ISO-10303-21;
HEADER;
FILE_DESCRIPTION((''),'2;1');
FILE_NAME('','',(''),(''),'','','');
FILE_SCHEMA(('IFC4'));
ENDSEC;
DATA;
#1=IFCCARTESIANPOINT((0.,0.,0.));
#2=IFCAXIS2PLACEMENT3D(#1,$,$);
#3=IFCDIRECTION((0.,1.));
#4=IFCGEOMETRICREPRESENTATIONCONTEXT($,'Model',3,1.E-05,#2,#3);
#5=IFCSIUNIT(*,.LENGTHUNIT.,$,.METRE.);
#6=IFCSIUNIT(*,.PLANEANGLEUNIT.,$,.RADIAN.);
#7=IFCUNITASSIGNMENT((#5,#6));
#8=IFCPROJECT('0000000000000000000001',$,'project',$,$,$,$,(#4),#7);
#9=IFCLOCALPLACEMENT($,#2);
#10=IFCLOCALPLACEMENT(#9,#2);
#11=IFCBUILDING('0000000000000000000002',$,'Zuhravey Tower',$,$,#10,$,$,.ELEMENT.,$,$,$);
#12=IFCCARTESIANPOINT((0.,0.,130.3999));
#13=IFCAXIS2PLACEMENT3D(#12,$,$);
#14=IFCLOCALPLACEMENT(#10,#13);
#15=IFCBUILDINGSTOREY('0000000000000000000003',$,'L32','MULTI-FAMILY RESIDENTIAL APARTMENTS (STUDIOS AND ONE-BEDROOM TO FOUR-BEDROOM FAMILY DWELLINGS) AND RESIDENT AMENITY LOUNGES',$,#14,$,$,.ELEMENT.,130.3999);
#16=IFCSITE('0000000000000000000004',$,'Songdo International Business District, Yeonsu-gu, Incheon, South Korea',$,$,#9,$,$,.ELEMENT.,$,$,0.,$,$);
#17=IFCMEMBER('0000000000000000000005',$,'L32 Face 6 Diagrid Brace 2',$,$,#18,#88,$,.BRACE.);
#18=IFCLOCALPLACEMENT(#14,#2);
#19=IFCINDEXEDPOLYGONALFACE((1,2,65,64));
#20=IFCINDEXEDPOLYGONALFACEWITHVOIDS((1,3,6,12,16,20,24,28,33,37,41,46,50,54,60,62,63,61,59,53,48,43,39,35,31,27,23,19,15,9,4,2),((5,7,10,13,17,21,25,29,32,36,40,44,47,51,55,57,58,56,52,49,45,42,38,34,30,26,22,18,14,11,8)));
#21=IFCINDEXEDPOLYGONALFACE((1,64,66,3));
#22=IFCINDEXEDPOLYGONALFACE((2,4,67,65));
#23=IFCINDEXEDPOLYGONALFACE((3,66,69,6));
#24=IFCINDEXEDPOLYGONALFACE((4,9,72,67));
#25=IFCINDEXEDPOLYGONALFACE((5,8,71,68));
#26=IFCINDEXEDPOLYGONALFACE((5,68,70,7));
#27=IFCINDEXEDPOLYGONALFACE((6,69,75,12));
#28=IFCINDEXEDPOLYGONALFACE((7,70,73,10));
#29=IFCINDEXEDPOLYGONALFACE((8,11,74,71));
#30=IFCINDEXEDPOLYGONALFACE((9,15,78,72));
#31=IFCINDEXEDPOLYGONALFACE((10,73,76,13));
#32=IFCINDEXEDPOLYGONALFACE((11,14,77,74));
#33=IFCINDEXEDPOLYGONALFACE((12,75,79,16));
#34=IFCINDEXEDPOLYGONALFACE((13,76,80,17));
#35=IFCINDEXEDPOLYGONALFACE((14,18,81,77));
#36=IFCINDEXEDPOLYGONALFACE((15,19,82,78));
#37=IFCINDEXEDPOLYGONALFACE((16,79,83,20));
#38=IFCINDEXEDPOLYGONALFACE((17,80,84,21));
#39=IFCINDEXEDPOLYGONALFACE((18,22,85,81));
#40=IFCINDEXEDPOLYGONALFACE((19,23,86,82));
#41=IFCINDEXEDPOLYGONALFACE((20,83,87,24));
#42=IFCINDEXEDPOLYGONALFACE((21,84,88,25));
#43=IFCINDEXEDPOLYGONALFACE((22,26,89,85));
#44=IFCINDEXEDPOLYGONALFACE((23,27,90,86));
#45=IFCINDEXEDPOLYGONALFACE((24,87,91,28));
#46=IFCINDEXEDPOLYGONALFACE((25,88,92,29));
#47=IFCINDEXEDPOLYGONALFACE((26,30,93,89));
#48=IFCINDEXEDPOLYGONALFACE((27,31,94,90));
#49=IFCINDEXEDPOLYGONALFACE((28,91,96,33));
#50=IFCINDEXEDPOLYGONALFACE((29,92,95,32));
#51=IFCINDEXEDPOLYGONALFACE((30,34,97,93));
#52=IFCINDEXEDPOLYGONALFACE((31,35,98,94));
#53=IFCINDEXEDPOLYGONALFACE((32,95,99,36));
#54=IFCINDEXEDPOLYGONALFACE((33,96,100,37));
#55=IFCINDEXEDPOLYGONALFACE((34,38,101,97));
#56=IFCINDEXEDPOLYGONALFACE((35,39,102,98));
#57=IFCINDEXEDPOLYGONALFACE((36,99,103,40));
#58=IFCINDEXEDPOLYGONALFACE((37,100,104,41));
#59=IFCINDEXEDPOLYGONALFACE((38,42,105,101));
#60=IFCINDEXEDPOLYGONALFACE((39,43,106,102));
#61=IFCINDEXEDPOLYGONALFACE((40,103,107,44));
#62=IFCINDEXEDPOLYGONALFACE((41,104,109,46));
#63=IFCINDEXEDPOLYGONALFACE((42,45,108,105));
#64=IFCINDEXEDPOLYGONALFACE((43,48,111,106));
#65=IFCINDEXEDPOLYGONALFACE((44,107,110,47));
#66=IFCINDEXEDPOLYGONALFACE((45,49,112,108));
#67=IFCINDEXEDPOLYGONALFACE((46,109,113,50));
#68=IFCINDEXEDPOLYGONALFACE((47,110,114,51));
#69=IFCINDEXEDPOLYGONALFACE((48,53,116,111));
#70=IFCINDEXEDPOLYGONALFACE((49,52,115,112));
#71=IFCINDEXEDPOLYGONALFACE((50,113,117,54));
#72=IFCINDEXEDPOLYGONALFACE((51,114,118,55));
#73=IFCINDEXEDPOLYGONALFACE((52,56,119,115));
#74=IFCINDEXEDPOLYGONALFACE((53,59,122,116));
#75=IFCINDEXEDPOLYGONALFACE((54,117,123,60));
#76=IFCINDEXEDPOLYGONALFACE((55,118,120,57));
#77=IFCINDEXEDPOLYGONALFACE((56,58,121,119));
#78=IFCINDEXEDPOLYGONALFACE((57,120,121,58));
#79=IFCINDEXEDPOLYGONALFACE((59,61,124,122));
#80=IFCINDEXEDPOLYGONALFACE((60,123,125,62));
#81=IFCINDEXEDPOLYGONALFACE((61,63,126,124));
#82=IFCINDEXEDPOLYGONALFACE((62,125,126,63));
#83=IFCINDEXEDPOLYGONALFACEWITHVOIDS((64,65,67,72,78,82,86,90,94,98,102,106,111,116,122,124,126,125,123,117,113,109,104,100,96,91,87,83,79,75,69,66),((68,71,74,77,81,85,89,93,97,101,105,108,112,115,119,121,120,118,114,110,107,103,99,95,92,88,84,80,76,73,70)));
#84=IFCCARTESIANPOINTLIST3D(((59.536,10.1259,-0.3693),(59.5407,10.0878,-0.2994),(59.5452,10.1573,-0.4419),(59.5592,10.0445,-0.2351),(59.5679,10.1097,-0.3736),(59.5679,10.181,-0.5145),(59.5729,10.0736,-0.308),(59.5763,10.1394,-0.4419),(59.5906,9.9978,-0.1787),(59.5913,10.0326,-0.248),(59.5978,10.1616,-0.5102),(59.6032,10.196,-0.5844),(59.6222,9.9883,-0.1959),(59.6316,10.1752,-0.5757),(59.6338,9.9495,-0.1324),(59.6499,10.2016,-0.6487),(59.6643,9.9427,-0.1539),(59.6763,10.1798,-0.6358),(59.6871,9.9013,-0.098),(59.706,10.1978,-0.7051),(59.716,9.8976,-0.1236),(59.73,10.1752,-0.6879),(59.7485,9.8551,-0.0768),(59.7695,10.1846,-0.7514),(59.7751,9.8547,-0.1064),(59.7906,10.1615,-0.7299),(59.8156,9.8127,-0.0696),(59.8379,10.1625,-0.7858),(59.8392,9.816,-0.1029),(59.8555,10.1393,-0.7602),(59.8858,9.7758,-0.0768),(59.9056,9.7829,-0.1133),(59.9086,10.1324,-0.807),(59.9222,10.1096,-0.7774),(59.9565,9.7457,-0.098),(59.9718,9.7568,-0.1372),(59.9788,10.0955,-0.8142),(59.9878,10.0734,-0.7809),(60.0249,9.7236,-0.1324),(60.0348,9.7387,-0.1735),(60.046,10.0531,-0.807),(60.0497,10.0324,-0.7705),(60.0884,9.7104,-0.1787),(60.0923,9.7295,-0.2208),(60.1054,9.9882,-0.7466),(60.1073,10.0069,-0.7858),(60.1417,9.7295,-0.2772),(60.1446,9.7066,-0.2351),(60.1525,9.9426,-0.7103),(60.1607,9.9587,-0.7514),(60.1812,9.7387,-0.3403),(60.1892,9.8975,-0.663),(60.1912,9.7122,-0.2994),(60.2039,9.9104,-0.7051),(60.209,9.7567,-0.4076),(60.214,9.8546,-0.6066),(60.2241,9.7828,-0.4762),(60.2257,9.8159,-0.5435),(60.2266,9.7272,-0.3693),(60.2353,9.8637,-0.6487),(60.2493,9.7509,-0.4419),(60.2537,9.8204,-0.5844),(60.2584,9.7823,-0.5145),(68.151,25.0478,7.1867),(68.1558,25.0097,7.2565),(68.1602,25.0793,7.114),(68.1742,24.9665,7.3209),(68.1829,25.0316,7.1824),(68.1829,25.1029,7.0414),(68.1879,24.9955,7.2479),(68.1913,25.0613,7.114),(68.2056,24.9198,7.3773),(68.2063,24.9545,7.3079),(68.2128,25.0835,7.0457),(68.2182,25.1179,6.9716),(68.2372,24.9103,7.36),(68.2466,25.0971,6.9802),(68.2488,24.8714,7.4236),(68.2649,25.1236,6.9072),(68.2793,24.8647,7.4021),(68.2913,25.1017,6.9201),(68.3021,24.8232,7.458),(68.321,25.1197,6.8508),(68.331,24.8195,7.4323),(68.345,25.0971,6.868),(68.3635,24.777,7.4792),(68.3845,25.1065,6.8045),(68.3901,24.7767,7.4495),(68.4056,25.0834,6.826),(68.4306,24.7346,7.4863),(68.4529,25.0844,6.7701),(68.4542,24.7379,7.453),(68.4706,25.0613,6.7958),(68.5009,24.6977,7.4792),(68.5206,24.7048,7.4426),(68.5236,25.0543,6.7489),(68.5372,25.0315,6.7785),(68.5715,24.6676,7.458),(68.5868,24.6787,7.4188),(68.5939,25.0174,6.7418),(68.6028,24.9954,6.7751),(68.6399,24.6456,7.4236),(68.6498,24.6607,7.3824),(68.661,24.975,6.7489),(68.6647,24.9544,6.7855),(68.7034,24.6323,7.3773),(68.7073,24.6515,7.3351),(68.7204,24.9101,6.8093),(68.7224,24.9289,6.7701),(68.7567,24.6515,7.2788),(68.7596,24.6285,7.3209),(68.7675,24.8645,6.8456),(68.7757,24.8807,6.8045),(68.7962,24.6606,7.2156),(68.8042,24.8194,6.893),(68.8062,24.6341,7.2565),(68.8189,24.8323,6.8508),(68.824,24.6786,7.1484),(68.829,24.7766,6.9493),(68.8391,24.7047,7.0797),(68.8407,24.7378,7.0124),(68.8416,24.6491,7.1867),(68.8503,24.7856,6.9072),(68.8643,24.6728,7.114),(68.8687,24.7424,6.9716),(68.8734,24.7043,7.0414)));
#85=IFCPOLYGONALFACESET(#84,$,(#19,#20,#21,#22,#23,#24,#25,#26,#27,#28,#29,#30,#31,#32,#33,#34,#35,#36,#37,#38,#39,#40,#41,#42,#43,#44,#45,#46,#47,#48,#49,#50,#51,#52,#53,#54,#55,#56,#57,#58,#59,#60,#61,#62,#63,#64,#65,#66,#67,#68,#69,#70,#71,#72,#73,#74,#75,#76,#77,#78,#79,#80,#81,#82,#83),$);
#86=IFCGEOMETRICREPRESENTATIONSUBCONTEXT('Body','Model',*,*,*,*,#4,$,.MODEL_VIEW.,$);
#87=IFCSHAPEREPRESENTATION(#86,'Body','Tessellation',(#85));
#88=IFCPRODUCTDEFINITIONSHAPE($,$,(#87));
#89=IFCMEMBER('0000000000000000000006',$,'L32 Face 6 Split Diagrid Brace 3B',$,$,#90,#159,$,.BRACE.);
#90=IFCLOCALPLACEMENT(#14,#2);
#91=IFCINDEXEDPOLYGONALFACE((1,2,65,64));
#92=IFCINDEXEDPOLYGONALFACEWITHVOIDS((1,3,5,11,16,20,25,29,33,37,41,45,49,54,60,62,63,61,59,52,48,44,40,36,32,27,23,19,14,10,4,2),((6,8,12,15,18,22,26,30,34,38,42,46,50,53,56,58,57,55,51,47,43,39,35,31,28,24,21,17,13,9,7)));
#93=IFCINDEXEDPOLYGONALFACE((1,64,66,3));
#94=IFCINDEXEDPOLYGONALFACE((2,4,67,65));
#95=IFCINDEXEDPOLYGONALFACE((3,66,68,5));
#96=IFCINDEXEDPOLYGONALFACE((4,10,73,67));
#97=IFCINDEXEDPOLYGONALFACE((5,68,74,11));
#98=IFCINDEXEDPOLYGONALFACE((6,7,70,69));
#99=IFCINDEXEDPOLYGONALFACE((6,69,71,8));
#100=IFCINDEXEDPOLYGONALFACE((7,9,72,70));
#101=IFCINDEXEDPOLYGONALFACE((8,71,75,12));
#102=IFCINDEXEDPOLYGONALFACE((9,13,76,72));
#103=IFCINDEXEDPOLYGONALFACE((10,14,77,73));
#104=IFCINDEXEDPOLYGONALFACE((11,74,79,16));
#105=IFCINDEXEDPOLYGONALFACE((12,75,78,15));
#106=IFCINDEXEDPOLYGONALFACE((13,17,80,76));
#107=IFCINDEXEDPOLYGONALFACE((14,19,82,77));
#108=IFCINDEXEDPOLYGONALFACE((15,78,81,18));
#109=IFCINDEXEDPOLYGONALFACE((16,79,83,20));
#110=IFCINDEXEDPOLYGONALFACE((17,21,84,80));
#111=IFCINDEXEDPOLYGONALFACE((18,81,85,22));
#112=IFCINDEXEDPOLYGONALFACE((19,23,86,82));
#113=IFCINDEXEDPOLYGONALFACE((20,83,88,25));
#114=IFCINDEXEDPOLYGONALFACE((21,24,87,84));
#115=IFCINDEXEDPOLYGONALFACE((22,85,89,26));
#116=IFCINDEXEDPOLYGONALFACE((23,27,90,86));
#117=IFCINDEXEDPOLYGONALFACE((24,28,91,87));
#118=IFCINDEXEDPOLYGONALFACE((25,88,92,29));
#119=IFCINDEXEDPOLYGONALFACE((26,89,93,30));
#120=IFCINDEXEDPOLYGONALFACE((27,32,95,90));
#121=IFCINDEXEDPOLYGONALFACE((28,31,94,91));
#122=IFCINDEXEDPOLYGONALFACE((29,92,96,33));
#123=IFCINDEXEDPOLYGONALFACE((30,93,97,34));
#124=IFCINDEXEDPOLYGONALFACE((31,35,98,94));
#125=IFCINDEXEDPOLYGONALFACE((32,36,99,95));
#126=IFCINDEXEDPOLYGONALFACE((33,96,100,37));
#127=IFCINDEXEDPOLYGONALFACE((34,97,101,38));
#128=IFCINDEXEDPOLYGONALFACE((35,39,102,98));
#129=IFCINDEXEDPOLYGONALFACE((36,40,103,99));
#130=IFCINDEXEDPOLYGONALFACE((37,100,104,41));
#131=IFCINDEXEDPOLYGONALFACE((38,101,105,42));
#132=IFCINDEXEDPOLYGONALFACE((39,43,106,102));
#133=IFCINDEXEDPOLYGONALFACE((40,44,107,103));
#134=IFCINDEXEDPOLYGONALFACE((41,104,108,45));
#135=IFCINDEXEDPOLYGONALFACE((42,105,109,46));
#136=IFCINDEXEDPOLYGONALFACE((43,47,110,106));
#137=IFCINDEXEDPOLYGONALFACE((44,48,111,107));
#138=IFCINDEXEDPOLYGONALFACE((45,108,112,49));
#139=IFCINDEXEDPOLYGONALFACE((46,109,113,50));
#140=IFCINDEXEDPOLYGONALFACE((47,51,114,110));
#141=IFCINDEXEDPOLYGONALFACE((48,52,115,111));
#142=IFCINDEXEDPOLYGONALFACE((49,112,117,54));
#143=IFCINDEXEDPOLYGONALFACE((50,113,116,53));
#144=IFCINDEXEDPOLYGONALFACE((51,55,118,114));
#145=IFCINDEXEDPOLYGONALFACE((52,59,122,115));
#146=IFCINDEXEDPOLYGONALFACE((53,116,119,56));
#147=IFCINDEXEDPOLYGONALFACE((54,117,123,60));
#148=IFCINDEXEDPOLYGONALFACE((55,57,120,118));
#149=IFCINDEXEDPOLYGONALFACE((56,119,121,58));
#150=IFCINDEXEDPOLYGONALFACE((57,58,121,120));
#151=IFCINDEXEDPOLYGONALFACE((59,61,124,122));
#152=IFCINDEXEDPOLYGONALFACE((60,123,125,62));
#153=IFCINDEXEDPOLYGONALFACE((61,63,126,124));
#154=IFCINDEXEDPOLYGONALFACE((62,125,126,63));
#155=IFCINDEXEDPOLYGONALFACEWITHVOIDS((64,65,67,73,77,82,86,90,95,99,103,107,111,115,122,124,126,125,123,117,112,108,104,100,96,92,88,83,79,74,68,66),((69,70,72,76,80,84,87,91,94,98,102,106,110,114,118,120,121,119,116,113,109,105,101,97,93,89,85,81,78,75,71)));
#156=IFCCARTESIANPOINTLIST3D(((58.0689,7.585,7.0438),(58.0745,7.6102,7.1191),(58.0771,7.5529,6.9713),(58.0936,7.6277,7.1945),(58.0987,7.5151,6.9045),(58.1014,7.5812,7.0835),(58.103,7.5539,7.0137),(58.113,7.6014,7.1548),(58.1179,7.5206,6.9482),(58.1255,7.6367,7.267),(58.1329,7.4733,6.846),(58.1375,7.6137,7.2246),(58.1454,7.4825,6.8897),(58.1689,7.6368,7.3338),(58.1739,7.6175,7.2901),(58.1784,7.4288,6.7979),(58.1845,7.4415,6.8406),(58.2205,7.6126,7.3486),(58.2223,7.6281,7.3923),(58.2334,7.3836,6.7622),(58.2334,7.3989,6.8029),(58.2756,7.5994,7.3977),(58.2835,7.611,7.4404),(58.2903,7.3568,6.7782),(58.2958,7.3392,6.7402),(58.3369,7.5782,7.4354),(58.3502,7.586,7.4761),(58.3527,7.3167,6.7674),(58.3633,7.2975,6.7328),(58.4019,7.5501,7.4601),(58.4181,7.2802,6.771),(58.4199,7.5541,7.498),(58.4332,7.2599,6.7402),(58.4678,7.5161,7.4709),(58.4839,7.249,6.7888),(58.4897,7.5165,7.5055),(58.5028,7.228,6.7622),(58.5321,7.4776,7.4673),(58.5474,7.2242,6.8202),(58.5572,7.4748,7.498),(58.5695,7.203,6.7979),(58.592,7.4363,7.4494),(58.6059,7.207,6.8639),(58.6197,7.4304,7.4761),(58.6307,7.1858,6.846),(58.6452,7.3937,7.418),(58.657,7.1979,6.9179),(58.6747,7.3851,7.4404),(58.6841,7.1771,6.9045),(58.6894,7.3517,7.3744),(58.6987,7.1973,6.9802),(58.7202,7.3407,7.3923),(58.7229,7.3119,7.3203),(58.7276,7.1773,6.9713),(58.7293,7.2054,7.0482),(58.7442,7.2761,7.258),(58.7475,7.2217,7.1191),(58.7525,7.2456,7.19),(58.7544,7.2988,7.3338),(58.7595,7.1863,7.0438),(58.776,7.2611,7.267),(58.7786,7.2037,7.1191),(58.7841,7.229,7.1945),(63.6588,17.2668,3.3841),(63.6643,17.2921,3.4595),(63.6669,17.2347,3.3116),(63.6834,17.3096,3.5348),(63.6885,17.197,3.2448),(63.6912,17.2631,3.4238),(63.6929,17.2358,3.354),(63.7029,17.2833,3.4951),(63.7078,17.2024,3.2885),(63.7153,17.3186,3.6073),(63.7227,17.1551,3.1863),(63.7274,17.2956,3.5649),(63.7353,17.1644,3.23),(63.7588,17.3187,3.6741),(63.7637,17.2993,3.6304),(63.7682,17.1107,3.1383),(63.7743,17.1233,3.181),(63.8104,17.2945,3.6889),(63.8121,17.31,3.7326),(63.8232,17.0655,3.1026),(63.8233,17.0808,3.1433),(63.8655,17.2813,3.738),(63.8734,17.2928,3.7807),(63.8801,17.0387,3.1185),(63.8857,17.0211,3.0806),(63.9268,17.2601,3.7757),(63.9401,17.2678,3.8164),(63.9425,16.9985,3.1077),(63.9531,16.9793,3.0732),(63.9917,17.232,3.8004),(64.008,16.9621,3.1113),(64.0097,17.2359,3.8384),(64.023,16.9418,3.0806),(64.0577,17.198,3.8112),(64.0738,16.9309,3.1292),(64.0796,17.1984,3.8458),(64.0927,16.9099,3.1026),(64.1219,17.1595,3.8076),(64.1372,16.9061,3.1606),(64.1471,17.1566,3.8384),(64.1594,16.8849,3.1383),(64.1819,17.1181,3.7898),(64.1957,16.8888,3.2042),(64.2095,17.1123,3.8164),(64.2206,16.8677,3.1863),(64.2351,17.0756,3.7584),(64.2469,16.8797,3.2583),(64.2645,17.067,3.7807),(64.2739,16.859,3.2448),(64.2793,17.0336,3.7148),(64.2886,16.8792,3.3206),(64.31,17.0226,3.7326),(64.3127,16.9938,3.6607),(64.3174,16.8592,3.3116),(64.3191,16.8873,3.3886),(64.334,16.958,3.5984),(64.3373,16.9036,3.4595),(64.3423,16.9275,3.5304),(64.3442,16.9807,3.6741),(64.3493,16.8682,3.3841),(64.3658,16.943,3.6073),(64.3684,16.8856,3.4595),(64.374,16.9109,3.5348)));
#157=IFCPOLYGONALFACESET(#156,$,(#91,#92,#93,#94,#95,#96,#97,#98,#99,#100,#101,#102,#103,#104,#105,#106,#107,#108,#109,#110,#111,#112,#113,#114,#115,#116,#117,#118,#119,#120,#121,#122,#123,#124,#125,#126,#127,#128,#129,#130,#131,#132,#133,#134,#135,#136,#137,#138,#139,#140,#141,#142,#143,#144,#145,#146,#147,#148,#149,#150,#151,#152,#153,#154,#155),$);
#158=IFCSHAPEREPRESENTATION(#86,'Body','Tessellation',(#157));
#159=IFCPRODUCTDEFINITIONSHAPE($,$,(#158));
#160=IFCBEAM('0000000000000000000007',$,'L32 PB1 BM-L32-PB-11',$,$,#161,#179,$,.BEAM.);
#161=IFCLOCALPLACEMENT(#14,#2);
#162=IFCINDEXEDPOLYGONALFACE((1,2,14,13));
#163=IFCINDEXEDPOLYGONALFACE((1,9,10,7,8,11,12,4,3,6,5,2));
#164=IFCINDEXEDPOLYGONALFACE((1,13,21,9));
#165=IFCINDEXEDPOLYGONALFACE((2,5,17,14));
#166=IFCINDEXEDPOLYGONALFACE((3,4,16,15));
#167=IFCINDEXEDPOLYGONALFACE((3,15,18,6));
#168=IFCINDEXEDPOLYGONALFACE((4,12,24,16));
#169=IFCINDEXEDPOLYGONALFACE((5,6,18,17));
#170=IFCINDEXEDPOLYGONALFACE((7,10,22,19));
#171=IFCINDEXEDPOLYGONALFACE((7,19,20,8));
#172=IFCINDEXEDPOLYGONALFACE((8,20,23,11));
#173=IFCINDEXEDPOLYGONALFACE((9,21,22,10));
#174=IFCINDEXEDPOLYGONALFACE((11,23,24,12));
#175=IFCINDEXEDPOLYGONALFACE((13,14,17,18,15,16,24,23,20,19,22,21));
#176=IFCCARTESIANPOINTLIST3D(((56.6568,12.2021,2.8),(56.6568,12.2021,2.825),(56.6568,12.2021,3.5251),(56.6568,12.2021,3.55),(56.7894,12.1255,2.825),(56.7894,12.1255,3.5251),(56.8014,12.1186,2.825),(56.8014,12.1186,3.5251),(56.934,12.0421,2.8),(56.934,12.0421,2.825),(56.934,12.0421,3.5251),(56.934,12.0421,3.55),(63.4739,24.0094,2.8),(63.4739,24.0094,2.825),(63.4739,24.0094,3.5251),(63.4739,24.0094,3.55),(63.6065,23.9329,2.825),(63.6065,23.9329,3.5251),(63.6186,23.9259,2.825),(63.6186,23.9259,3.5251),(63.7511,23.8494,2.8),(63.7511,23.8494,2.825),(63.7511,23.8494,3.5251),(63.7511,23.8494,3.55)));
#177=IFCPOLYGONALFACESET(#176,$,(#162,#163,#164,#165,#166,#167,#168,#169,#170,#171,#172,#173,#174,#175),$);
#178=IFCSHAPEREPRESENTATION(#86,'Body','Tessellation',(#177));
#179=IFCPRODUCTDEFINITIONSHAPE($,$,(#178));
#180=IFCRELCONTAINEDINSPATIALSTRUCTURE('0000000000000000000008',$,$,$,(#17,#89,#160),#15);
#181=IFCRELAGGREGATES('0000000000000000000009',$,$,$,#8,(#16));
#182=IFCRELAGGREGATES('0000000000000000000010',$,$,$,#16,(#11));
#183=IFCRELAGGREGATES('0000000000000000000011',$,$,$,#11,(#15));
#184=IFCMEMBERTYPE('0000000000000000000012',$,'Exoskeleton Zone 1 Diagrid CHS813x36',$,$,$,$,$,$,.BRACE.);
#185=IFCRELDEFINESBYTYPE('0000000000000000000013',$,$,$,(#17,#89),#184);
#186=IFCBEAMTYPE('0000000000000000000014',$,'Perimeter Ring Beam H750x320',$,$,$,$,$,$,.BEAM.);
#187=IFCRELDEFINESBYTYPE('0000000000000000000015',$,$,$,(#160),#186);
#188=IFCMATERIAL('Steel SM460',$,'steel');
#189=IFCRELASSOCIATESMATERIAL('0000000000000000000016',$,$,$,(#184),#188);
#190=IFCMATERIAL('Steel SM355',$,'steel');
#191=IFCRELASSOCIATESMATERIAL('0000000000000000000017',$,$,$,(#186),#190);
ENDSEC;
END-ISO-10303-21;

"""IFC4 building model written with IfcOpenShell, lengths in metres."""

from ifc_helpers import new_model, si_unit, direction, frame, origin, origin_2d, place, context, subcontext, project, spatial, hollow_circle, i_section, extrude, material, material_profile, profile_set, type_object, element, save


model = new_model("IFC4")

# Units and contexts
model_context = context("Model", 3, precision=1e-05, world=origin(), true_north=direction((0.0, 1.0)))
body_context = subcontext(model_context, "Body", "Model", "MODEL_VIEW")
ifc_project = project(units=[si_unit("LENGTHUNIT", "METRE"), si_unit("PLANEANGLEUNIT", "RADIAN")], contexts=[model_context])

# Site, building, storey
site_placement = place(None, origin())
site = spatial("IfcSite", under=ifc_project, at=site_placement, Name="Songdo International Business District, Yeonsu-gu, Incheon, South Korea", CompositionType="ELEMENT", RefElevation=0.0)
building_placement = place(site_placement, origin())
building = spatial("IfcBuilding", under=site, at=building_placement, Name="Zuhravey Tower", CompositionType="ELEMENT")
storey_placement = place(building_placement, frame((0.0, 0.0, 130.3999)))
storey = spatial("IfcBuildingStorey", under=building, at=storey_placement, Name="L32", Description="MULTI-FAMILY RESIDENTIAL APARTMENTS (STUDIOS AND ONE-BEDROOM TO FOUR-BEDROOM FAMILY DWELLINGS) AND RESIDENT AMENITY LOUNGES", CompositionType="ELEMENT", Elevation=130.3999)

# Members
ifc_material_1 = material(Name="Steel SM355", Category="steel")
ifc_material_2 = material(Name="Steel SM460", Category="steel")
ifc_material_profile_1 = material_profile(ifc_material_2, hollow_circle(Radius=0.4065, WallThickness=0.0359, at=origin_2d()), Name="CHS-812.8x36")
ifc_profile_set_1 = profile_set([ifc_material_profile_1], Name="Steel SM460")
member_type_1 = type_object("IfcMemberType", Name="Exoskeleton Zone 1 Diagrid CHS813x36", PredefinedType="BRACE", material=ifc_profile_set_1)
member_1_placement = place(storey_placement, frame((59.8972, 9.9541, -0.4419), z_axis=(0.4579, 0.79312, 0.401608), x_axis=(-0.866029, 0.499993, 0.0)))
element("IfcMember", 1, at=member_1_placement, inside=storey, type_object=member_type_1, Name="L32 Face 6 Diagrid Brace 2", PredefinedType="BRACE", context=body_context, shape_type="SweptSolid", body=[
    extrude(hollow_circle(Radius=0.4065, WallThickness=0.0359, at=origin_2d()), origin(), (0.0, 0.0, 1.0), 18.8142),
])
member_2_placement = place(storey_placement, frame((64.0164, 17.0889, 3.4595), z_axis=(-0.475188, -0.823049, 0.311105), x_axis=(0.866025, -0.5, 0.0)))
element("IfcMember", 2, at=member_2_placement, inside=storey, type_object=member_type_1, Name="L32 Face 6 Split Diagrid Brace 3B", PredefinedType="BRACE", context=body_context, shape_type="SweptSolid", body=[
    extrude(hollow_circle(Radius=0.4065, WallThickness=0.0359, at=origin_2d()), origin(), (0.0, 0.0, 1.0), 11.7634),
])

# Beam
ifc_material_profile_2 = material_profile(ifc_material_1, i_section(OverallWidth=0.3201, OverallDepth=0.75, WebThickness=0.0139, FlangeThickness=0.0249, at=origin_2d()), Name="H-750x320x14x25")
ifc_profile_set_2 = profile_set([ifc_material_profile_2], Name="Steel SM355")
beam_type_1 = type_object("IfcBeamType", Name="Perimeter Ring Beam H750x320", PredefinedType="BEAM", material=ifc_profile_set_2)
beam_1_placement = place(storey_placement, frame((56.7954, 12.1221, 3.175), z_axis=(0.500008, 0.866021, 0.0), x_axis=(-0.866021, 0.500008, 0.0)))
element("IfcBeam", 3, at=beam_1_placement, inside=storey, type_object=beam_type_1, Name="L32 PB1 BM-L32-PB-11", PredefinedType="BEAM", context=body_context, shape_type="SweptSolid", body=[
    extrude(i_section(OverallWidth=0.3201, OverallDepth=0.75, WebThickness=0.0139, FlangeThickness=0.0249, at=origin_2d()), origin(), (0.0, 0.0, 1.0), 13.634),
])

save(model, "model.ifc")
